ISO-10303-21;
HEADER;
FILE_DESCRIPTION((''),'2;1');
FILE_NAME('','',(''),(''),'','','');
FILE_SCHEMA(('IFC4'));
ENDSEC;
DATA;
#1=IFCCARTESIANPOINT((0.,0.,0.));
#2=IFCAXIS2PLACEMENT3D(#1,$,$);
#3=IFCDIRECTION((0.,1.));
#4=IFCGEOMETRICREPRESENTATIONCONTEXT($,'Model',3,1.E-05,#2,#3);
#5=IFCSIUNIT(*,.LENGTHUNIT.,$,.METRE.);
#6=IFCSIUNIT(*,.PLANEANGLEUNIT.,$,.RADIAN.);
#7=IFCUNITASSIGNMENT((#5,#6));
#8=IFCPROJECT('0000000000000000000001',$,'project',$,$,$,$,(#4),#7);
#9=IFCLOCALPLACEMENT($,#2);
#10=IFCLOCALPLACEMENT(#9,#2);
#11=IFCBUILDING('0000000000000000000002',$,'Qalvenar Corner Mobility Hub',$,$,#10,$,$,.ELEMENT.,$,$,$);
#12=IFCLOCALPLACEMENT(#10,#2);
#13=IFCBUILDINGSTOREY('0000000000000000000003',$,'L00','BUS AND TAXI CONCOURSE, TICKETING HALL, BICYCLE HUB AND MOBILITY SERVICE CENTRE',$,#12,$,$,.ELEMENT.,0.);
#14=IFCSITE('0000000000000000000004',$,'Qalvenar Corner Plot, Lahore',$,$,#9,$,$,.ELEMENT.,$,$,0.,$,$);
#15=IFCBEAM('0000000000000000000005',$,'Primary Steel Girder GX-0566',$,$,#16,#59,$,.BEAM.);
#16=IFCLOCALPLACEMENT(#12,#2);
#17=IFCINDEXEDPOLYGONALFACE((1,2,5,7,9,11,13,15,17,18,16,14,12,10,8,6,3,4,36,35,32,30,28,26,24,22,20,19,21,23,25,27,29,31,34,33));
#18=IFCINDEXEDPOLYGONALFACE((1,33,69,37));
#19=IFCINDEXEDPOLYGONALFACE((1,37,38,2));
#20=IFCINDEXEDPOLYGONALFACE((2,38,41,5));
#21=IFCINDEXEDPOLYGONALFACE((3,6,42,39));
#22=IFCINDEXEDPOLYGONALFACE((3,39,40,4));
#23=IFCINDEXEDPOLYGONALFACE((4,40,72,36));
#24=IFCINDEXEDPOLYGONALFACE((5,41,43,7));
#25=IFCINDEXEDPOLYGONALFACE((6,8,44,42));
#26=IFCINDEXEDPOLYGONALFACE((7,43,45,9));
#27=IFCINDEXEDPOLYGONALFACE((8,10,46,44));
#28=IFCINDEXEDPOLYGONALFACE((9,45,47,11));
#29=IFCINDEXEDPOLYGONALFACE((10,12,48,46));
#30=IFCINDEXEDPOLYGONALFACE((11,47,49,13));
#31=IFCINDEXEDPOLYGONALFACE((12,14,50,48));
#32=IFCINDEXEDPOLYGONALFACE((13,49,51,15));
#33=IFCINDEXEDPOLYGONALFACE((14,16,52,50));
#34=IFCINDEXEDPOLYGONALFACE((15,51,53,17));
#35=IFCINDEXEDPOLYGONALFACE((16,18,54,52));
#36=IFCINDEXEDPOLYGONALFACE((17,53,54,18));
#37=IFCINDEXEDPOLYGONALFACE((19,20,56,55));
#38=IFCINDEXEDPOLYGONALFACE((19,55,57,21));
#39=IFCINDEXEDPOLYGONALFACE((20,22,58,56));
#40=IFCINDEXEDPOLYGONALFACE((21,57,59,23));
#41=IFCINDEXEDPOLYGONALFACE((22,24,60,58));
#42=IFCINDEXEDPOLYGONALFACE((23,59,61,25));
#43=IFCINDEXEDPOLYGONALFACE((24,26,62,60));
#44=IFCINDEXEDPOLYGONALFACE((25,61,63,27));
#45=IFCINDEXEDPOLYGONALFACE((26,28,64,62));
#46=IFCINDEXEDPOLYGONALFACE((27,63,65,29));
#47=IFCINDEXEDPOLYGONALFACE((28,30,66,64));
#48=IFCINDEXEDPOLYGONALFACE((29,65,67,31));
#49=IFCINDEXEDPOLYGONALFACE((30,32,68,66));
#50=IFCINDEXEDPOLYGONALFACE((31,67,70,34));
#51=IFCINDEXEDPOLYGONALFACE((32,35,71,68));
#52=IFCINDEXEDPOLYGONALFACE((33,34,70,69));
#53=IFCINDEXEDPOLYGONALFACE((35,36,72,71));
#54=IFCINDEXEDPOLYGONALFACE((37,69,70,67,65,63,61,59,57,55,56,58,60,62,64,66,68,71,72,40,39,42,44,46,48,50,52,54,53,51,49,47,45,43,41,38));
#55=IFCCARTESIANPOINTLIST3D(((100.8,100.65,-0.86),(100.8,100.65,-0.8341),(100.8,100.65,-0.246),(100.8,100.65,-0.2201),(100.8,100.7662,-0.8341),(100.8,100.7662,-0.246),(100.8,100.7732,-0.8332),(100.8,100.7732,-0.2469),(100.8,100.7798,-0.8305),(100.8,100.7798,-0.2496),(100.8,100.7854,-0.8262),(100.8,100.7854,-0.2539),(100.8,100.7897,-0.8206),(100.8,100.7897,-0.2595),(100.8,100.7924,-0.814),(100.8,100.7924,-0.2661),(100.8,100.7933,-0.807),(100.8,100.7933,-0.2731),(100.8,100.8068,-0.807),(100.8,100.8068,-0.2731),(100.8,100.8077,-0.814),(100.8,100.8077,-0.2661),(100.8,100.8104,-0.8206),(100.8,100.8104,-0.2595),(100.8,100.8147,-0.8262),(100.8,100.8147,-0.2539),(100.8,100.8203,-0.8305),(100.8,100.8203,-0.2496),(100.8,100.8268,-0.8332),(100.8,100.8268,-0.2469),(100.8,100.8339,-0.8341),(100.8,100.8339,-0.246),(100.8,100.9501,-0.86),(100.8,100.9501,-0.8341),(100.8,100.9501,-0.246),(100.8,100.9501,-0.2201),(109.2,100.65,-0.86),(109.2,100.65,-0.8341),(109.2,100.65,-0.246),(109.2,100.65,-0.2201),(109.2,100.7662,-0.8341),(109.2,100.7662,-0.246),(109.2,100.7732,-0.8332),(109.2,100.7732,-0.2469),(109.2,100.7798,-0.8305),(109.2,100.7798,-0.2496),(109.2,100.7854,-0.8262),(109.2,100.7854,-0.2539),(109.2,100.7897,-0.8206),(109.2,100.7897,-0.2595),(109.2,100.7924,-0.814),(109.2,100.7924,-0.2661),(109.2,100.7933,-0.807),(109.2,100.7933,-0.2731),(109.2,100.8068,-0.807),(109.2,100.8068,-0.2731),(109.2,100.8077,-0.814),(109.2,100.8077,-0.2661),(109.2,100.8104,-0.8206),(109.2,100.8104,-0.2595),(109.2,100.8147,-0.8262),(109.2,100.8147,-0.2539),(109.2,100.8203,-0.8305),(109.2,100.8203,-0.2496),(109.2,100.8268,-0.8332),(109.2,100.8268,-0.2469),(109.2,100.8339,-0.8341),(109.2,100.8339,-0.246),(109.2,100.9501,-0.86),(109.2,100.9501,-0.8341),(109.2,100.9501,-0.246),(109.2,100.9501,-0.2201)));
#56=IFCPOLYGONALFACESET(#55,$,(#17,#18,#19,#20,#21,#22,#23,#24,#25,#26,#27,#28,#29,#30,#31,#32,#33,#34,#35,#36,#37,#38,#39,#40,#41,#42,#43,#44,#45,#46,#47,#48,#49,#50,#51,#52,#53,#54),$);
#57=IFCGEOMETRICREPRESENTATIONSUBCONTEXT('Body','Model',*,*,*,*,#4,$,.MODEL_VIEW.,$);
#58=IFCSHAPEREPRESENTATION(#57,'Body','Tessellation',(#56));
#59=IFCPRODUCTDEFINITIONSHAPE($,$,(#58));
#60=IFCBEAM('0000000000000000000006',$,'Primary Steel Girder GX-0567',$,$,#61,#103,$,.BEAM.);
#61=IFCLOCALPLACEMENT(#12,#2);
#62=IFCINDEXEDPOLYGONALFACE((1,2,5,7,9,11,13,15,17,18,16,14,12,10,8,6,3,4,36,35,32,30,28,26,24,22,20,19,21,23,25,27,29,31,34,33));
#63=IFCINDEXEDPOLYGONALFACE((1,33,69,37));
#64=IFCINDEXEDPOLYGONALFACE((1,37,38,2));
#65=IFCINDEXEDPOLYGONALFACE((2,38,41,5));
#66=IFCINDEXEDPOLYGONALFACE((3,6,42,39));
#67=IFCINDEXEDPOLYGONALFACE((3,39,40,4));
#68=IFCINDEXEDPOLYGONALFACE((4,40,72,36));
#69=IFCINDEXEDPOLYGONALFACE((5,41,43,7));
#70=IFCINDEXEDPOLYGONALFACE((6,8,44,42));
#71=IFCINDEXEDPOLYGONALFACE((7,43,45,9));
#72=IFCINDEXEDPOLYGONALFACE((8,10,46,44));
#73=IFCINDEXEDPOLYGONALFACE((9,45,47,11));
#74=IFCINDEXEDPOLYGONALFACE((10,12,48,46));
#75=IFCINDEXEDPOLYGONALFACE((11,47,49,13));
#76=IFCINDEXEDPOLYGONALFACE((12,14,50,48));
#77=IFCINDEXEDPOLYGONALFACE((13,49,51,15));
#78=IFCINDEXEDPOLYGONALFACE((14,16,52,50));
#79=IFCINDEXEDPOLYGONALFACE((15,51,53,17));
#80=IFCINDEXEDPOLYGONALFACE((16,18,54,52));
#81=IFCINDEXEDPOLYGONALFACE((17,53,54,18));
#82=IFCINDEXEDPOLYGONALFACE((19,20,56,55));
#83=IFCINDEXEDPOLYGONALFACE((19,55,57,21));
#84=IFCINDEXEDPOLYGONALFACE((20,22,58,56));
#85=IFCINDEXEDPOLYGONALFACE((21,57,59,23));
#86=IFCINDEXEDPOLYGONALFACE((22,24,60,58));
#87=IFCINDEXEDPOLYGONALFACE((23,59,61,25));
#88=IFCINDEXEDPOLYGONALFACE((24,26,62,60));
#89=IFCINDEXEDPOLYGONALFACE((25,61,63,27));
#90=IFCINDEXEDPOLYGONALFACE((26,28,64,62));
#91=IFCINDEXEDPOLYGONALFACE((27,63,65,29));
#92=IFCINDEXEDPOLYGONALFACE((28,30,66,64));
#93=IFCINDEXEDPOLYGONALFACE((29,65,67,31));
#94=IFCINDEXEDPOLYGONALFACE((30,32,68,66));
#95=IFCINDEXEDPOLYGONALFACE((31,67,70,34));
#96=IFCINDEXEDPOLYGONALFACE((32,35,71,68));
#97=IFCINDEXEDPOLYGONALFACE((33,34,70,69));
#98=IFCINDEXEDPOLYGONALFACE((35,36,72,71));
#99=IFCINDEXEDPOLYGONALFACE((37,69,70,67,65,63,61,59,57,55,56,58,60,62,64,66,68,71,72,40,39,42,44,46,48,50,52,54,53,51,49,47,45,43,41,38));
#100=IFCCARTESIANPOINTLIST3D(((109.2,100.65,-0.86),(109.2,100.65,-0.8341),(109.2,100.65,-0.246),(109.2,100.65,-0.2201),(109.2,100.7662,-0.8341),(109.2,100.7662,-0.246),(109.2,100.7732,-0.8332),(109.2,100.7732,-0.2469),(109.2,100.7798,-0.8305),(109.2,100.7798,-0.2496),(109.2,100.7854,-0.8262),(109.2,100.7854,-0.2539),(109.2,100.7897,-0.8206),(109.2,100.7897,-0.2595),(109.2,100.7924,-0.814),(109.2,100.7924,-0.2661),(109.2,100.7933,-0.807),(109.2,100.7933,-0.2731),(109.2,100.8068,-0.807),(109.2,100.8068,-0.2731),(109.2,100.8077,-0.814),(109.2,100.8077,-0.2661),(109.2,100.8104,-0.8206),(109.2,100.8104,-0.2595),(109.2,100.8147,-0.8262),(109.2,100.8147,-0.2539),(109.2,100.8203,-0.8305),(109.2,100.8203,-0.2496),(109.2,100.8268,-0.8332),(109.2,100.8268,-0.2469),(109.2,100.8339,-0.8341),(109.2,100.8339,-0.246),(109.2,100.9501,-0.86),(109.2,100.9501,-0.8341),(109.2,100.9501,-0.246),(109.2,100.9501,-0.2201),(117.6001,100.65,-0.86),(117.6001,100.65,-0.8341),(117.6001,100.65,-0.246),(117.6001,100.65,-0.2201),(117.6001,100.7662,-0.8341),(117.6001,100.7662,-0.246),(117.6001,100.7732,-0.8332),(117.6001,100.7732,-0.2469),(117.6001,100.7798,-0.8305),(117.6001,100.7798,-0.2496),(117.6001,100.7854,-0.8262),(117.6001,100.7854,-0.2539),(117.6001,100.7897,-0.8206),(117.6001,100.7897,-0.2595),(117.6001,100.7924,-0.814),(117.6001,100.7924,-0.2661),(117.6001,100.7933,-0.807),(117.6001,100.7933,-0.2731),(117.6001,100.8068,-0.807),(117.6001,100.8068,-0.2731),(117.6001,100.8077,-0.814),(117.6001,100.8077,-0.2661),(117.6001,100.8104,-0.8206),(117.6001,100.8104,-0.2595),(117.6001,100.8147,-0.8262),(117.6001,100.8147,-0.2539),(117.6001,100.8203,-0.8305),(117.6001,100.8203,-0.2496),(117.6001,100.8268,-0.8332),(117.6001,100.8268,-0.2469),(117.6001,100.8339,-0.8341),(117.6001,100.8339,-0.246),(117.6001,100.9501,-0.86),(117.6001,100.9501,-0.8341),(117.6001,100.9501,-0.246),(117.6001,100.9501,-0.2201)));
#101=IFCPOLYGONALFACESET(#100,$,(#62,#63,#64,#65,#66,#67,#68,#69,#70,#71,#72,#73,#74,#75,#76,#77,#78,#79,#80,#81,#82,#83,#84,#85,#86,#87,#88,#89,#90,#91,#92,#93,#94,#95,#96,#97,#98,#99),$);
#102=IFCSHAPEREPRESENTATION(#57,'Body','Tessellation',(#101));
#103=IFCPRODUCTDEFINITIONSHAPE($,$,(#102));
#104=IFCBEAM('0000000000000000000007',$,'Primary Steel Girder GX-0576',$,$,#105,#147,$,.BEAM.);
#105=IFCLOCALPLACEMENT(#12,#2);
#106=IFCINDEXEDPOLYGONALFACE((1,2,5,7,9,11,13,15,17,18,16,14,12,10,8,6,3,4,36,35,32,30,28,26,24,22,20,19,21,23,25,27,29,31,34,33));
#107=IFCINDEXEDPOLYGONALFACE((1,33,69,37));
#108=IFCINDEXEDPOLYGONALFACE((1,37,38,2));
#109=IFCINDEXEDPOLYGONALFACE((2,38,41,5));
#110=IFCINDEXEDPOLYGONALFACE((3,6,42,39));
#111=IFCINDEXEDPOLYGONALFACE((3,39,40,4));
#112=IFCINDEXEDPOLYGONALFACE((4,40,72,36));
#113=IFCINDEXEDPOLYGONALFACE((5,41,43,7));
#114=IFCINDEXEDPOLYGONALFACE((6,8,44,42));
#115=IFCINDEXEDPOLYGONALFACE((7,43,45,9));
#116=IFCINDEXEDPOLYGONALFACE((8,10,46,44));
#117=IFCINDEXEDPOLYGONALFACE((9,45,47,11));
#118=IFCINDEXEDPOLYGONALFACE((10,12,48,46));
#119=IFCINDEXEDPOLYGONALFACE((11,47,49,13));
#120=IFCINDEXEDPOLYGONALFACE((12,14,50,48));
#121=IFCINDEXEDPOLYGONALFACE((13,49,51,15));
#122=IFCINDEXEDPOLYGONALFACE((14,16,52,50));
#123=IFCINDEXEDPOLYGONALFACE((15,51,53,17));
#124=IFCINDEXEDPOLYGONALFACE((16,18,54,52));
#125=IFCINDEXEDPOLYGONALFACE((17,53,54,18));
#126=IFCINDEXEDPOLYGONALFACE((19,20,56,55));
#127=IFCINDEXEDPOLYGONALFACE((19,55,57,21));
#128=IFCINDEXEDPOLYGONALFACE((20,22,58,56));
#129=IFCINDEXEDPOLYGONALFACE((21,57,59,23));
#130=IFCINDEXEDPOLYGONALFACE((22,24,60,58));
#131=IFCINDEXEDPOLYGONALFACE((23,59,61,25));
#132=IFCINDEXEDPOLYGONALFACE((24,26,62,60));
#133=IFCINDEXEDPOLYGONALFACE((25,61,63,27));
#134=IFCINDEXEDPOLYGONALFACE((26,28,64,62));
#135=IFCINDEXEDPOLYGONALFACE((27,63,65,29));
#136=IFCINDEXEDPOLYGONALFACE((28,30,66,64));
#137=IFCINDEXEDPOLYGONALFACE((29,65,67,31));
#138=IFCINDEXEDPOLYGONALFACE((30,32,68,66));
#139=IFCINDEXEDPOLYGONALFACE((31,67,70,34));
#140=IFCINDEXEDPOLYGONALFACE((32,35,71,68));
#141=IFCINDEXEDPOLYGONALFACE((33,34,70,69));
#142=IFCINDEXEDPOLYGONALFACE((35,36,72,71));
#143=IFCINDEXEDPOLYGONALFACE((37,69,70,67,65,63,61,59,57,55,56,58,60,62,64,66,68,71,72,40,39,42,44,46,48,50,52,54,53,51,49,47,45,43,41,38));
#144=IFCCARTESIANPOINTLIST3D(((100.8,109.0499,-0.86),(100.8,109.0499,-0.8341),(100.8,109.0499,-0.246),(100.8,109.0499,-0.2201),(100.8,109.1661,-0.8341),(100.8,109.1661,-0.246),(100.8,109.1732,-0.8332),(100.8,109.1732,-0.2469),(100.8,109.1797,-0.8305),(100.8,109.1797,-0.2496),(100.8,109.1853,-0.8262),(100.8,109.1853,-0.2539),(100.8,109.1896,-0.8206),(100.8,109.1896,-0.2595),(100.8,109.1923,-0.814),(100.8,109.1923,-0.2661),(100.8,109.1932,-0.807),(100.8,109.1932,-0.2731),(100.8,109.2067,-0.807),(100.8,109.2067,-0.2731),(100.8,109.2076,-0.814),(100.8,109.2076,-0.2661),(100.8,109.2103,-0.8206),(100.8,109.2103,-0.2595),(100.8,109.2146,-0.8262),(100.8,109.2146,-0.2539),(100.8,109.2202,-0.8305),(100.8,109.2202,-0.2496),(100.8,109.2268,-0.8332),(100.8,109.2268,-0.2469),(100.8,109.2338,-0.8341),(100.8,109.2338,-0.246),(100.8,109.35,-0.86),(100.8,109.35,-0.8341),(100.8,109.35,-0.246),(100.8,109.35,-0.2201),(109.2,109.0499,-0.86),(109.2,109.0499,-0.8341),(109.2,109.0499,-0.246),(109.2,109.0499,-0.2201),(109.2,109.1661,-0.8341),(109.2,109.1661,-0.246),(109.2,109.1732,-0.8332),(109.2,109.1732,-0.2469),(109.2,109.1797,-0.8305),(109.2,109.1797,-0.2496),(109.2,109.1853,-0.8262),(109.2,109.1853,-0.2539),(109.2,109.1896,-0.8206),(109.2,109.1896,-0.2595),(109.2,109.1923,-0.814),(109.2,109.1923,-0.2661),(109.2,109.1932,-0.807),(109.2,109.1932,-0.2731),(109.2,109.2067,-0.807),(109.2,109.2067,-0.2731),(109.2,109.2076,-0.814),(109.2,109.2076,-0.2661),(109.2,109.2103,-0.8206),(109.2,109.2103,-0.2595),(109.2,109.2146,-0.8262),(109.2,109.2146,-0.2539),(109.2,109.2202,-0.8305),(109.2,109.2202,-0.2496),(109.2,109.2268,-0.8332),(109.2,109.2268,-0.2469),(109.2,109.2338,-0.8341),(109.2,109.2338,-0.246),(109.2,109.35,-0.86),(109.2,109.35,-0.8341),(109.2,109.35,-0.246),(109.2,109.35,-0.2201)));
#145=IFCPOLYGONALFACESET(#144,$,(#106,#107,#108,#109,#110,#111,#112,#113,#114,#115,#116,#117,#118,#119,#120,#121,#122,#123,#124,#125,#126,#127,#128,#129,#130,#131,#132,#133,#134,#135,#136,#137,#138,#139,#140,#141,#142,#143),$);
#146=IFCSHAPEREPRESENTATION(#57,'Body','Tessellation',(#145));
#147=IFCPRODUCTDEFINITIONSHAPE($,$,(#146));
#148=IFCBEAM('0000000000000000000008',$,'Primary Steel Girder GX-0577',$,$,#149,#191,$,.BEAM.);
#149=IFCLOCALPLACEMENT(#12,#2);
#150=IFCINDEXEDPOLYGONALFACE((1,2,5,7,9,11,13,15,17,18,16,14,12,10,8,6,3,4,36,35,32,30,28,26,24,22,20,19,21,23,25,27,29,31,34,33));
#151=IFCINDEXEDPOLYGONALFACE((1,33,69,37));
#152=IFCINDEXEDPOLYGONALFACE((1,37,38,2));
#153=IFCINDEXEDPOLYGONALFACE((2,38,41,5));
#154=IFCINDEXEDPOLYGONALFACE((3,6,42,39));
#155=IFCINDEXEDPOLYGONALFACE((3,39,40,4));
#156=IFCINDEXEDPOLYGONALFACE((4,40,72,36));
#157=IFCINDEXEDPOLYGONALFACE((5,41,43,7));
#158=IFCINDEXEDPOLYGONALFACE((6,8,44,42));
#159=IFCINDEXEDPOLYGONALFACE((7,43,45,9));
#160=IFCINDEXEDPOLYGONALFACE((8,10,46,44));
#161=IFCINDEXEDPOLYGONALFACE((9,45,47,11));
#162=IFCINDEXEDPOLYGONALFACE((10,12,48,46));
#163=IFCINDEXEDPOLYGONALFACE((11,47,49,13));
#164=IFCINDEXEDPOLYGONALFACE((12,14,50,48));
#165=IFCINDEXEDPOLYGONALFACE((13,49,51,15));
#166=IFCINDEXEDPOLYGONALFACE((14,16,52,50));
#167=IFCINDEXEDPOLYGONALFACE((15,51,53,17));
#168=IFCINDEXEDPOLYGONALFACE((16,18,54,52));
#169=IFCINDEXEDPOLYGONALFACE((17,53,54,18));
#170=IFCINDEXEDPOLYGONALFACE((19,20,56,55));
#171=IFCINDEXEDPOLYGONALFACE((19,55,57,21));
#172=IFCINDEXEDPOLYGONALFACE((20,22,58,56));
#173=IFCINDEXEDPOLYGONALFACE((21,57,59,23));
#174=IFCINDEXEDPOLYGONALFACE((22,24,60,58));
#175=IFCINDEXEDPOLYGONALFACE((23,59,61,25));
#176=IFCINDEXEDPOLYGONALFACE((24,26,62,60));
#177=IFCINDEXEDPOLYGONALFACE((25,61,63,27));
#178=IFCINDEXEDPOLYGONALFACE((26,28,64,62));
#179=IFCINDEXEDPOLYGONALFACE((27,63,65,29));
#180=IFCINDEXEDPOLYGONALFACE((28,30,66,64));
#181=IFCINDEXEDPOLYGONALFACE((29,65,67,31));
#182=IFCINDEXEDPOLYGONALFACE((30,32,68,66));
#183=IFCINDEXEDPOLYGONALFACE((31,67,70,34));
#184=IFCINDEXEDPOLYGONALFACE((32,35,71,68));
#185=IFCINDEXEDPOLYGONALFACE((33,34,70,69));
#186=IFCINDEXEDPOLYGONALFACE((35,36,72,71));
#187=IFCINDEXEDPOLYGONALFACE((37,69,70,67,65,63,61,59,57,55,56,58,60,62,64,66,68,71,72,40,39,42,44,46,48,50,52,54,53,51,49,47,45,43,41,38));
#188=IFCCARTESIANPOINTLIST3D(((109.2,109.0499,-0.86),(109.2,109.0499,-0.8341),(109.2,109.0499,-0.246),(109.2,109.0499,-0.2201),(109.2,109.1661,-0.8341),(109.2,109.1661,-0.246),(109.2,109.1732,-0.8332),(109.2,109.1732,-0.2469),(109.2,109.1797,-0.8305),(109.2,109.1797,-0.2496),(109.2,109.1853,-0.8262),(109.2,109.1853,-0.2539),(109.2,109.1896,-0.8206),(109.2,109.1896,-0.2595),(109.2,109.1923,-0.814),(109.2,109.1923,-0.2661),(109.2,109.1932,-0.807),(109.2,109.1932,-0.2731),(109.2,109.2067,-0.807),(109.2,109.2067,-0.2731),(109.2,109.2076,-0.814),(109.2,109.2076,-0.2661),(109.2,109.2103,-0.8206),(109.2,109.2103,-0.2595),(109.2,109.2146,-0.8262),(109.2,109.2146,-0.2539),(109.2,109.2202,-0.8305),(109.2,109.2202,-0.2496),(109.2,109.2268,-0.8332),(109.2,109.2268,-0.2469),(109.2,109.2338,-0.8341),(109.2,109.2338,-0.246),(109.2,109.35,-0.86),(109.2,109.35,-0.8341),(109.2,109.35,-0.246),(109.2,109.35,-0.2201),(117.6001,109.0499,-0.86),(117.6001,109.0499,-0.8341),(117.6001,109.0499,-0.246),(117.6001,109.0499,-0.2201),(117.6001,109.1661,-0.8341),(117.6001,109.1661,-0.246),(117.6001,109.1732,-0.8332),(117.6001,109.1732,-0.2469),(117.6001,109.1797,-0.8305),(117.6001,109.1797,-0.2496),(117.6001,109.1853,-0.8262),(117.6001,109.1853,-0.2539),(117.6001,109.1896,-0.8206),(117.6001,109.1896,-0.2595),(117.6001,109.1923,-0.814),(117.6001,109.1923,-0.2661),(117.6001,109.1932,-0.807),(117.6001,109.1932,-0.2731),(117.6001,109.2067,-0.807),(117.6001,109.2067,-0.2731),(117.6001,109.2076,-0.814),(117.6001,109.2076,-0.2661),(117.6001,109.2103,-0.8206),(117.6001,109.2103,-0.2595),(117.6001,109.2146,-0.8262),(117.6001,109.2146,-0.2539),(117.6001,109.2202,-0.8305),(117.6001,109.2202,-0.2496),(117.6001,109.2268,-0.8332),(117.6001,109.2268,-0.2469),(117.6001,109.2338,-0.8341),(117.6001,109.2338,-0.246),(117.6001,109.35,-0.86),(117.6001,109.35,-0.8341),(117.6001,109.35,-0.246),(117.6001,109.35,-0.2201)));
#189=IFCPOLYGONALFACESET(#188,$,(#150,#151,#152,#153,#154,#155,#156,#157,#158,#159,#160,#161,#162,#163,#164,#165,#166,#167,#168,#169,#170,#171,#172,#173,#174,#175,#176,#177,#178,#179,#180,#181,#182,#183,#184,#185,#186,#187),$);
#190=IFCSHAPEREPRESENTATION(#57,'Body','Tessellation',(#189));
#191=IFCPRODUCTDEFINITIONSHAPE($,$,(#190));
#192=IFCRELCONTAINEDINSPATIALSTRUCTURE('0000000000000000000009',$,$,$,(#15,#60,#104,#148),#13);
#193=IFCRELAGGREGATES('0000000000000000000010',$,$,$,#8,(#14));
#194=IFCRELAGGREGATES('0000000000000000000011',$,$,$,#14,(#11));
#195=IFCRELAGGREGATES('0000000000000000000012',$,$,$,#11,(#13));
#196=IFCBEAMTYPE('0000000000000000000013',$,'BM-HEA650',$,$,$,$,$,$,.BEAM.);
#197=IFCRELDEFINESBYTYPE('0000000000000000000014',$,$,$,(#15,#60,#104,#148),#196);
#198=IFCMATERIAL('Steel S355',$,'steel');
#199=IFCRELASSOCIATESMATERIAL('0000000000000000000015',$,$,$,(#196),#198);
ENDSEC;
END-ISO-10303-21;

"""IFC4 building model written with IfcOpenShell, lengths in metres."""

from ifc_helpers import new_model, si_unit, direction, frame, origin, origin_2d, place, context, subcontext, project, spatial, i_section, extrude, material, material_profile, profile_set, type_object, element, save


model = new_model("IFC4")

# Units and contexts
model_context = context("Model", 3, precision=1e-05, world=origin(), true_north=direction((0.0, 1.0)))
body_context = subcontext(model_context, "Body", "Model", "MODEL_VIEW")
ifc_project = project(units=[si_unit("LENGTHUNIT", "METRE"), si_unit("PLANEANGLEUNIT", "RADIAN")], contexts=[model_context])

# Site, building, storey
site_placement = place(None, origin())
site = spatial("IfcSite", under=ifc_project, at=site_placement, Name="Qalvenar Corner Plot, Lahore", CompositionType="ELEMENT", RefElevation=0.0)
building_placement = place(site_placement, origin())
building = spatial("IfcBuilding", under=site, at=building_placement, Name="Qalvenar Corner Mobility Hub", CompositionType="ELEMENT")
storey_placement = place(building_placement, origin())
storey = spatial("IfcBuildingStorey", under=building, at=storey_placement, Name="L00", Description="BUS AND TAXI CONCOURSE, TICKETING HALL, BICYCLE HUB AND MOBILITY SERVICE CENTRE", CompositionType="ELEMENT", Elevation=0.0)

# Shared definitions
ifc_material_1 = material(Name="Steel S355", Category="steel")

# Beams
ifc_material_profile_1 = material_profile(ifc_material_1, i_section(OverallWidth=0.3, OverallDepth=0.6399, WebThickness=0.0134, FlangeThickness=0.0259, FilletRadius=0.0271, at=origin_2d()), Name="HEA650")
ifc_profile_set_1 = profile_set([ifc_material_profile_1], Name="Steel S355")
beam_type_1 = type_object("IfcBeamType", Name="BM-HEA650", PredefinedType="BEAM", material=ifc_profile_set_1)
beam_1_placement = place(storey_placement, frame((100.8, 100.8, -0.54), z_axis=(1.0, 0.0, 0.0), x_axis=(0.0, 1.0, 0.0)))
element("IfcBeam", 1, at=beam_1_placement, inside=storey, type_object=beam_type_1, Name="Primary Steel Girder GX-0566", PredefinedType="BEAM", context=body_context, shape_type="SweptSolid", body=[
    extrude(i_section(OverallWidth=0.3, OverallDepth=0.6399, WebThickness=0.0134, FlangeThickness=0.0259, FilletRadius=0.0271, at=origin_2d()), origin(), (0.0, 0.0, 1.0), 8.3999),
])
beam_2_placement = place(storey_placement, frame((109.2, 100.8, -0.54), z_axis=(1.0, 0.0, 0.0), x_axis=(0.0, 1.0, 0.0)))
element("IfcBeam", 2, at=beam_2_placement, inside=storey, type_object=beam_type_1, Name="Primary Steel Girder GX-0567", PredefinedType="BEAM", context=body_context, shape_type="SweptSolid", body=[
    extrude(i_section(OverallWidth=0.3, OverallDepth=0.6399, WebThickness=0.0134, FlangeThickness=0.0259, FilletRadius=0.0271, at=origin_2d()), origin(), (0.0, 0.0, 1.0), 8.4001),
])
beam_3_placement = place(storey_placement, frame((100.8, 109.2, -0.54), z_axis=(1.0, 0.0, 0.0), x_axis=(0.0, 1.0, 0.0)))
element("IfcBeam", 3, at=beam_3_placement, inside=storey, type_object=beam_type_1, Name="Primary Steel Girder GX-0576", PredefinedType="BEAM", context=body_context, shape_type="SweptSolid", body=[
    extrude(i_section(OverallWidth=0.3, OverallDepth=0.6399, WebThickness=0.0134, FlangeThickness=0.0259, FilletRadius=0.0271, at=origin_2d()), origin(), (0.0, 0.0, 1.0), 8.3999),
])
beam_4_placement = place(storey_placement, frame((109.2, 109.2, -0.54), z_axis=(1.0, 0.0, 0.0), x_axis=(0.0, 1.0, 0.0)))
element("IfcBeam", 4, at=beam_4_placement, inside=storey, type_object=beam_type_1, Name="Primary Steel Girder GX-0577", PredefinedType="BEAM", context=body_context, shape_type="SweptSolid", body=[
    extrude(i_section(OverallWidth=0.3, OverallDepth=0.6399, WebThickness=0.0134, FlangeThickness=0.0259, FilletRadius=0.0271, at=origin_2d()), origin(), (0.0, 0.0, 1.0), 8.4001),
])

save(model, "model.ifc")
